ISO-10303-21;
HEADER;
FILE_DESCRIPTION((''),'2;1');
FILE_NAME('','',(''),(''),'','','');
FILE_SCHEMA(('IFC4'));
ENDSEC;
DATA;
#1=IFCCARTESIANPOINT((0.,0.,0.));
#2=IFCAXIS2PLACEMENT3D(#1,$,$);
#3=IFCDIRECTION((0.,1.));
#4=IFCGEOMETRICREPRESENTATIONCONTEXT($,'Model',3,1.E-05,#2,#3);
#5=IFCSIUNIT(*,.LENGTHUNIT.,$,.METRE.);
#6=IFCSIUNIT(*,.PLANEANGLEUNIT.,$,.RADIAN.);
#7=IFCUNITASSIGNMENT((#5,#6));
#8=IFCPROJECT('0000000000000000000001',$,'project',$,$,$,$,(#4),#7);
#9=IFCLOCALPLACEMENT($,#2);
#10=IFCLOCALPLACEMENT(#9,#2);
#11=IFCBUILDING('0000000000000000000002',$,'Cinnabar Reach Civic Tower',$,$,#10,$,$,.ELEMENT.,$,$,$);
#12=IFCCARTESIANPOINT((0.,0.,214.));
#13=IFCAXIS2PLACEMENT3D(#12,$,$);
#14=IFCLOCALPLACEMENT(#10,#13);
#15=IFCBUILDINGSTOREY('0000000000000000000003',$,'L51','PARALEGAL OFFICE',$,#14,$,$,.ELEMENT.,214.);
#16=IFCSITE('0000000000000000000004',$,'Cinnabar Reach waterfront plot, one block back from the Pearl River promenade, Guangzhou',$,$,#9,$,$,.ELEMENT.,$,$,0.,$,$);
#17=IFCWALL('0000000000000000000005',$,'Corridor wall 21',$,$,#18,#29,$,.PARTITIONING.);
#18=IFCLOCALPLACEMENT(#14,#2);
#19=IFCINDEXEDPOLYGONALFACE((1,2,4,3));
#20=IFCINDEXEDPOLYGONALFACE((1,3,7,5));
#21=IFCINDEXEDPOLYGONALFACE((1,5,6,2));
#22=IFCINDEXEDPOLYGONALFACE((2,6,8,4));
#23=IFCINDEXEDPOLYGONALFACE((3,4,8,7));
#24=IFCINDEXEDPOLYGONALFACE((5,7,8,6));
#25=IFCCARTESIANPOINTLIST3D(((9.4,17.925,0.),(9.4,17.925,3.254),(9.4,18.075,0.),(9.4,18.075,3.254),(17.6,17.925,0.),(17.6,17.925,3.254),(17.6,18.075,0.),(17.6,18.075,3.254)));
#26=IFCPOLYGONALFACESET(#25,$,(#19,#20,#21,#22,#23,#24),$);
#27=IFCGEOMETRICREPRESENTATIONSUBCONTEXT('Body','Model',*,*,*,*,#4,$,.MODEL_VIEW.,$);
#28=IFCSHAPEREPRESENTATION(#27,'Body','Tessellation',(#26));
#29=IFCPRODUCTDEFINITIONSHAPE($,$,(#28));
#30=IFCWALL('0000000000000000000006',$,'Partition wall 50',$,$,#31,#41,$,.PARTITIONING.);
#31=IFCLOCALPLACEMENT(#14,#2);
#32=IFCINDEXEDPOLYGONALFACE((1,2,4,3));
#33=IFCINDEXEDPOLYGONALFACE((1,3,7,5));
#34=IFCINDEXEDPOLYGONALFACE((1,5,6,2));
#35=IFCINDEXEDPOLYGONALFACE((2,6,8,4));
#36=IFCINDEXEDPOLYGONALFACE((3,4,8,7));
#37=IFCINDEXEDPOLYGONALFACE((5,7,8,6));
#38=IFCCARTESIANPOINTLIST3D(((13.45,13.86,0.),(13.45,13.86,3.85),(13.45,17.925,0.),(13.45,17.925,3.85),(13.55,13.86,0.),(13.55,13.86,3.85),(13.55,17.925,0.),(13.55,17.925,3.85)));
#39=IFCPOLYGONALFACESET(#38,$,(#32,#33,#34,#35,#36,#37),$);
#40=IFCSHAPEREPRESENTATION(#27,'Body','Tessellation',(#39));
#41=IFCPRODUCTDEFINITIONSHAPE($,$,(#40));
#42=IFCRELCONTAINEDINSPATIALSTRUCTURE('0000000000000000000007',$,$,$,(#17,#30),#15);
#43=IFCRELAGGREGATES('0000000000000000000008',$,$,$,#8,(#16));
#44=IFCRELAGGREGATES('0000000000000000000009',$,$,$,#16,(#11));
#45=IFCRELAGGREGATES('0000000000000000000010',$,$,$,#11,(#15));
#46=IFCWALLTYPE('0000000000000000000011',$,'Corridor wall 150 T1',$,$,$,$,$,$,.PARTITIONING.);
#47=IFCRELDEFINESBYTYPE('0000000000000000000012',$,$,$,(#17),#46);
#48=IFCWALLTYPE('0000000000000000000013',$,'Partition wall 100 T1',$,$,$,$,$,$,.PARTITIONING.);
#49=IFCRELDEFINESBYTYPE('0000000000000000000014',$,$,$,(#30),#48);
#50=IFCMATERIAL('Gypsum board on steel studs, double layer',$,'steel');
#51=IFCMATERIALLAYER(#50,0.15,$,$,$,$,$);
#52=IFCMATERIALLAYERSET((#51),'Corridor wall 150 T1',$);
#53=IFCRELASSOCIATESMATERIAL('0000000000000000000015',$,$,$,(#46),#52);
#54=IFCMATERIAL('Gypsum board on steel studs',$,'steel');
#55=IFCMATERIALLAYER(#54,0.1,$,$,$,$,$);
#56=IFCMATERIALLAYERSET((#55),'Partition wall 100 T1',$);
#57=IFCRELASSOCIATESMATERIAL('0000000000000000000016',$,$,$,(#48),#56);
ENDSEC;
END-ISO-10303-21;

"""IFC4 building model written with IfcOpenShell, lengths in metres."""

from ifc_helpers import new_model, si_unit, direction, frame, frame_2d, origin, place, context, subcontext, project, spatial, rectangle, extrude, material, layer, layer_set, type_object, element, save


model = new_model("IFC4")

# Units and contexts
model_context = context("Model", 3, precision=1e-05, world=origin(), true_north=direction((0.0, 1.0)))
body_context = subcontext(model_context, "Body", "Model", "MODEL_VIEW")
ifc_project = project(units=[si_unit("LENGTHUNIT", "METRE"), si_unit("PLANEANGLEUNIT", "RADIAN")], contexts=[model_context])

# Site, building, storey
site_placement = place(None, origin())
site = spatial("IfcSite", under=ifc_project, at=site_placement, Name="Cinnabar Reach waterfront plot, one block back from the Pearl River promenade, Guangzhou", CompositionType="ELEMENT", RefElevation=0.0)
building_placement = place(site_placement, origin())
building = spatial("IfcBuilding", under=site, at=building_placement, Name="Cinnabar Reach Civic Tower", CompositionType="ELEMENT")
storey_placement = place(building_placement, frame((0.0, 0.0, 214.0)))
storey = spatial("IfcBuildingStorey", under=building, at=storey_placement, Name="L51", Description="PARALEGAL OFFICE", CompositionType="ELEMENT", Elevation=214.0)

# Walls
ifc_material_1 = material(Name="Gypsum board on steel studs, double layer", Category="steel")
ifc_layer_1 = layer(ifc_material_1, 0.15)
ifc_layer_set_1 = layer_set([ifc_layer_1], Name="Corridor wall 150 T1")
wall_type_1 = type_object("IfcWallType", Name="Corridor wall 150 T1", PredefinedType="PARTITIONING", material=ifc_layer_set_1)
wall_1_placement = place(storey_placement, frame((9.4, 18.0, 0.0), z_axis=(0.0, 0.0, 1.0), x_axis=(1.0, 0.0, 0.0)))
element("IfcWall", 1, at=wall_1_placement, inside=storey, type_object=wall_type_1, Name="Corridor wall 21", PredefinedType="PARTITIONING", context=body_context, shape_type="SweptSolid", body=[
    extrude(rectangle(XDim=8.2, YDim=0.15, at=frame_2d((4.1, 0.0))), origin(), (0.0, 0.0, 1.0), 3.254),
])
ifc_material_2 = material(Name="Gypsum board on steel studs", Category="steel")
ifc_layer_2 = layer(ifc_material_2, 0.1)
ifc_layer_set_2 = layer_set([ifc_layer_2], Name="Partition wall 100 T1")
wall_type_2 = type_object("IfcWallType", Name="Partition wall 100 T1", PredefinedType="PARTITIONING", material=ifc_layer_set_2)
wall_2_placement = place(storey_placement, frame((13.5, 13.86, 0.0), z_axis=(0.0, 0.0, 1.0), x_axis=(0.0, 1.0, 0.0)))
element("IfcWall", 2, at=wall_2_placement, inside=storey, type_object=wall_type_2, Name="Partition wall 50", PredefinedType="PARTITIONING", context=body_context, shape_type="SweptSolid", body=[
    extrude(rectangle(XDim=4.065, YDim=0.1, at=frame_2d((2.0325, 0.0))), origin(), (0.0, 0.0, 1.0), 3.85),
])

save(model, "model.ifc")
